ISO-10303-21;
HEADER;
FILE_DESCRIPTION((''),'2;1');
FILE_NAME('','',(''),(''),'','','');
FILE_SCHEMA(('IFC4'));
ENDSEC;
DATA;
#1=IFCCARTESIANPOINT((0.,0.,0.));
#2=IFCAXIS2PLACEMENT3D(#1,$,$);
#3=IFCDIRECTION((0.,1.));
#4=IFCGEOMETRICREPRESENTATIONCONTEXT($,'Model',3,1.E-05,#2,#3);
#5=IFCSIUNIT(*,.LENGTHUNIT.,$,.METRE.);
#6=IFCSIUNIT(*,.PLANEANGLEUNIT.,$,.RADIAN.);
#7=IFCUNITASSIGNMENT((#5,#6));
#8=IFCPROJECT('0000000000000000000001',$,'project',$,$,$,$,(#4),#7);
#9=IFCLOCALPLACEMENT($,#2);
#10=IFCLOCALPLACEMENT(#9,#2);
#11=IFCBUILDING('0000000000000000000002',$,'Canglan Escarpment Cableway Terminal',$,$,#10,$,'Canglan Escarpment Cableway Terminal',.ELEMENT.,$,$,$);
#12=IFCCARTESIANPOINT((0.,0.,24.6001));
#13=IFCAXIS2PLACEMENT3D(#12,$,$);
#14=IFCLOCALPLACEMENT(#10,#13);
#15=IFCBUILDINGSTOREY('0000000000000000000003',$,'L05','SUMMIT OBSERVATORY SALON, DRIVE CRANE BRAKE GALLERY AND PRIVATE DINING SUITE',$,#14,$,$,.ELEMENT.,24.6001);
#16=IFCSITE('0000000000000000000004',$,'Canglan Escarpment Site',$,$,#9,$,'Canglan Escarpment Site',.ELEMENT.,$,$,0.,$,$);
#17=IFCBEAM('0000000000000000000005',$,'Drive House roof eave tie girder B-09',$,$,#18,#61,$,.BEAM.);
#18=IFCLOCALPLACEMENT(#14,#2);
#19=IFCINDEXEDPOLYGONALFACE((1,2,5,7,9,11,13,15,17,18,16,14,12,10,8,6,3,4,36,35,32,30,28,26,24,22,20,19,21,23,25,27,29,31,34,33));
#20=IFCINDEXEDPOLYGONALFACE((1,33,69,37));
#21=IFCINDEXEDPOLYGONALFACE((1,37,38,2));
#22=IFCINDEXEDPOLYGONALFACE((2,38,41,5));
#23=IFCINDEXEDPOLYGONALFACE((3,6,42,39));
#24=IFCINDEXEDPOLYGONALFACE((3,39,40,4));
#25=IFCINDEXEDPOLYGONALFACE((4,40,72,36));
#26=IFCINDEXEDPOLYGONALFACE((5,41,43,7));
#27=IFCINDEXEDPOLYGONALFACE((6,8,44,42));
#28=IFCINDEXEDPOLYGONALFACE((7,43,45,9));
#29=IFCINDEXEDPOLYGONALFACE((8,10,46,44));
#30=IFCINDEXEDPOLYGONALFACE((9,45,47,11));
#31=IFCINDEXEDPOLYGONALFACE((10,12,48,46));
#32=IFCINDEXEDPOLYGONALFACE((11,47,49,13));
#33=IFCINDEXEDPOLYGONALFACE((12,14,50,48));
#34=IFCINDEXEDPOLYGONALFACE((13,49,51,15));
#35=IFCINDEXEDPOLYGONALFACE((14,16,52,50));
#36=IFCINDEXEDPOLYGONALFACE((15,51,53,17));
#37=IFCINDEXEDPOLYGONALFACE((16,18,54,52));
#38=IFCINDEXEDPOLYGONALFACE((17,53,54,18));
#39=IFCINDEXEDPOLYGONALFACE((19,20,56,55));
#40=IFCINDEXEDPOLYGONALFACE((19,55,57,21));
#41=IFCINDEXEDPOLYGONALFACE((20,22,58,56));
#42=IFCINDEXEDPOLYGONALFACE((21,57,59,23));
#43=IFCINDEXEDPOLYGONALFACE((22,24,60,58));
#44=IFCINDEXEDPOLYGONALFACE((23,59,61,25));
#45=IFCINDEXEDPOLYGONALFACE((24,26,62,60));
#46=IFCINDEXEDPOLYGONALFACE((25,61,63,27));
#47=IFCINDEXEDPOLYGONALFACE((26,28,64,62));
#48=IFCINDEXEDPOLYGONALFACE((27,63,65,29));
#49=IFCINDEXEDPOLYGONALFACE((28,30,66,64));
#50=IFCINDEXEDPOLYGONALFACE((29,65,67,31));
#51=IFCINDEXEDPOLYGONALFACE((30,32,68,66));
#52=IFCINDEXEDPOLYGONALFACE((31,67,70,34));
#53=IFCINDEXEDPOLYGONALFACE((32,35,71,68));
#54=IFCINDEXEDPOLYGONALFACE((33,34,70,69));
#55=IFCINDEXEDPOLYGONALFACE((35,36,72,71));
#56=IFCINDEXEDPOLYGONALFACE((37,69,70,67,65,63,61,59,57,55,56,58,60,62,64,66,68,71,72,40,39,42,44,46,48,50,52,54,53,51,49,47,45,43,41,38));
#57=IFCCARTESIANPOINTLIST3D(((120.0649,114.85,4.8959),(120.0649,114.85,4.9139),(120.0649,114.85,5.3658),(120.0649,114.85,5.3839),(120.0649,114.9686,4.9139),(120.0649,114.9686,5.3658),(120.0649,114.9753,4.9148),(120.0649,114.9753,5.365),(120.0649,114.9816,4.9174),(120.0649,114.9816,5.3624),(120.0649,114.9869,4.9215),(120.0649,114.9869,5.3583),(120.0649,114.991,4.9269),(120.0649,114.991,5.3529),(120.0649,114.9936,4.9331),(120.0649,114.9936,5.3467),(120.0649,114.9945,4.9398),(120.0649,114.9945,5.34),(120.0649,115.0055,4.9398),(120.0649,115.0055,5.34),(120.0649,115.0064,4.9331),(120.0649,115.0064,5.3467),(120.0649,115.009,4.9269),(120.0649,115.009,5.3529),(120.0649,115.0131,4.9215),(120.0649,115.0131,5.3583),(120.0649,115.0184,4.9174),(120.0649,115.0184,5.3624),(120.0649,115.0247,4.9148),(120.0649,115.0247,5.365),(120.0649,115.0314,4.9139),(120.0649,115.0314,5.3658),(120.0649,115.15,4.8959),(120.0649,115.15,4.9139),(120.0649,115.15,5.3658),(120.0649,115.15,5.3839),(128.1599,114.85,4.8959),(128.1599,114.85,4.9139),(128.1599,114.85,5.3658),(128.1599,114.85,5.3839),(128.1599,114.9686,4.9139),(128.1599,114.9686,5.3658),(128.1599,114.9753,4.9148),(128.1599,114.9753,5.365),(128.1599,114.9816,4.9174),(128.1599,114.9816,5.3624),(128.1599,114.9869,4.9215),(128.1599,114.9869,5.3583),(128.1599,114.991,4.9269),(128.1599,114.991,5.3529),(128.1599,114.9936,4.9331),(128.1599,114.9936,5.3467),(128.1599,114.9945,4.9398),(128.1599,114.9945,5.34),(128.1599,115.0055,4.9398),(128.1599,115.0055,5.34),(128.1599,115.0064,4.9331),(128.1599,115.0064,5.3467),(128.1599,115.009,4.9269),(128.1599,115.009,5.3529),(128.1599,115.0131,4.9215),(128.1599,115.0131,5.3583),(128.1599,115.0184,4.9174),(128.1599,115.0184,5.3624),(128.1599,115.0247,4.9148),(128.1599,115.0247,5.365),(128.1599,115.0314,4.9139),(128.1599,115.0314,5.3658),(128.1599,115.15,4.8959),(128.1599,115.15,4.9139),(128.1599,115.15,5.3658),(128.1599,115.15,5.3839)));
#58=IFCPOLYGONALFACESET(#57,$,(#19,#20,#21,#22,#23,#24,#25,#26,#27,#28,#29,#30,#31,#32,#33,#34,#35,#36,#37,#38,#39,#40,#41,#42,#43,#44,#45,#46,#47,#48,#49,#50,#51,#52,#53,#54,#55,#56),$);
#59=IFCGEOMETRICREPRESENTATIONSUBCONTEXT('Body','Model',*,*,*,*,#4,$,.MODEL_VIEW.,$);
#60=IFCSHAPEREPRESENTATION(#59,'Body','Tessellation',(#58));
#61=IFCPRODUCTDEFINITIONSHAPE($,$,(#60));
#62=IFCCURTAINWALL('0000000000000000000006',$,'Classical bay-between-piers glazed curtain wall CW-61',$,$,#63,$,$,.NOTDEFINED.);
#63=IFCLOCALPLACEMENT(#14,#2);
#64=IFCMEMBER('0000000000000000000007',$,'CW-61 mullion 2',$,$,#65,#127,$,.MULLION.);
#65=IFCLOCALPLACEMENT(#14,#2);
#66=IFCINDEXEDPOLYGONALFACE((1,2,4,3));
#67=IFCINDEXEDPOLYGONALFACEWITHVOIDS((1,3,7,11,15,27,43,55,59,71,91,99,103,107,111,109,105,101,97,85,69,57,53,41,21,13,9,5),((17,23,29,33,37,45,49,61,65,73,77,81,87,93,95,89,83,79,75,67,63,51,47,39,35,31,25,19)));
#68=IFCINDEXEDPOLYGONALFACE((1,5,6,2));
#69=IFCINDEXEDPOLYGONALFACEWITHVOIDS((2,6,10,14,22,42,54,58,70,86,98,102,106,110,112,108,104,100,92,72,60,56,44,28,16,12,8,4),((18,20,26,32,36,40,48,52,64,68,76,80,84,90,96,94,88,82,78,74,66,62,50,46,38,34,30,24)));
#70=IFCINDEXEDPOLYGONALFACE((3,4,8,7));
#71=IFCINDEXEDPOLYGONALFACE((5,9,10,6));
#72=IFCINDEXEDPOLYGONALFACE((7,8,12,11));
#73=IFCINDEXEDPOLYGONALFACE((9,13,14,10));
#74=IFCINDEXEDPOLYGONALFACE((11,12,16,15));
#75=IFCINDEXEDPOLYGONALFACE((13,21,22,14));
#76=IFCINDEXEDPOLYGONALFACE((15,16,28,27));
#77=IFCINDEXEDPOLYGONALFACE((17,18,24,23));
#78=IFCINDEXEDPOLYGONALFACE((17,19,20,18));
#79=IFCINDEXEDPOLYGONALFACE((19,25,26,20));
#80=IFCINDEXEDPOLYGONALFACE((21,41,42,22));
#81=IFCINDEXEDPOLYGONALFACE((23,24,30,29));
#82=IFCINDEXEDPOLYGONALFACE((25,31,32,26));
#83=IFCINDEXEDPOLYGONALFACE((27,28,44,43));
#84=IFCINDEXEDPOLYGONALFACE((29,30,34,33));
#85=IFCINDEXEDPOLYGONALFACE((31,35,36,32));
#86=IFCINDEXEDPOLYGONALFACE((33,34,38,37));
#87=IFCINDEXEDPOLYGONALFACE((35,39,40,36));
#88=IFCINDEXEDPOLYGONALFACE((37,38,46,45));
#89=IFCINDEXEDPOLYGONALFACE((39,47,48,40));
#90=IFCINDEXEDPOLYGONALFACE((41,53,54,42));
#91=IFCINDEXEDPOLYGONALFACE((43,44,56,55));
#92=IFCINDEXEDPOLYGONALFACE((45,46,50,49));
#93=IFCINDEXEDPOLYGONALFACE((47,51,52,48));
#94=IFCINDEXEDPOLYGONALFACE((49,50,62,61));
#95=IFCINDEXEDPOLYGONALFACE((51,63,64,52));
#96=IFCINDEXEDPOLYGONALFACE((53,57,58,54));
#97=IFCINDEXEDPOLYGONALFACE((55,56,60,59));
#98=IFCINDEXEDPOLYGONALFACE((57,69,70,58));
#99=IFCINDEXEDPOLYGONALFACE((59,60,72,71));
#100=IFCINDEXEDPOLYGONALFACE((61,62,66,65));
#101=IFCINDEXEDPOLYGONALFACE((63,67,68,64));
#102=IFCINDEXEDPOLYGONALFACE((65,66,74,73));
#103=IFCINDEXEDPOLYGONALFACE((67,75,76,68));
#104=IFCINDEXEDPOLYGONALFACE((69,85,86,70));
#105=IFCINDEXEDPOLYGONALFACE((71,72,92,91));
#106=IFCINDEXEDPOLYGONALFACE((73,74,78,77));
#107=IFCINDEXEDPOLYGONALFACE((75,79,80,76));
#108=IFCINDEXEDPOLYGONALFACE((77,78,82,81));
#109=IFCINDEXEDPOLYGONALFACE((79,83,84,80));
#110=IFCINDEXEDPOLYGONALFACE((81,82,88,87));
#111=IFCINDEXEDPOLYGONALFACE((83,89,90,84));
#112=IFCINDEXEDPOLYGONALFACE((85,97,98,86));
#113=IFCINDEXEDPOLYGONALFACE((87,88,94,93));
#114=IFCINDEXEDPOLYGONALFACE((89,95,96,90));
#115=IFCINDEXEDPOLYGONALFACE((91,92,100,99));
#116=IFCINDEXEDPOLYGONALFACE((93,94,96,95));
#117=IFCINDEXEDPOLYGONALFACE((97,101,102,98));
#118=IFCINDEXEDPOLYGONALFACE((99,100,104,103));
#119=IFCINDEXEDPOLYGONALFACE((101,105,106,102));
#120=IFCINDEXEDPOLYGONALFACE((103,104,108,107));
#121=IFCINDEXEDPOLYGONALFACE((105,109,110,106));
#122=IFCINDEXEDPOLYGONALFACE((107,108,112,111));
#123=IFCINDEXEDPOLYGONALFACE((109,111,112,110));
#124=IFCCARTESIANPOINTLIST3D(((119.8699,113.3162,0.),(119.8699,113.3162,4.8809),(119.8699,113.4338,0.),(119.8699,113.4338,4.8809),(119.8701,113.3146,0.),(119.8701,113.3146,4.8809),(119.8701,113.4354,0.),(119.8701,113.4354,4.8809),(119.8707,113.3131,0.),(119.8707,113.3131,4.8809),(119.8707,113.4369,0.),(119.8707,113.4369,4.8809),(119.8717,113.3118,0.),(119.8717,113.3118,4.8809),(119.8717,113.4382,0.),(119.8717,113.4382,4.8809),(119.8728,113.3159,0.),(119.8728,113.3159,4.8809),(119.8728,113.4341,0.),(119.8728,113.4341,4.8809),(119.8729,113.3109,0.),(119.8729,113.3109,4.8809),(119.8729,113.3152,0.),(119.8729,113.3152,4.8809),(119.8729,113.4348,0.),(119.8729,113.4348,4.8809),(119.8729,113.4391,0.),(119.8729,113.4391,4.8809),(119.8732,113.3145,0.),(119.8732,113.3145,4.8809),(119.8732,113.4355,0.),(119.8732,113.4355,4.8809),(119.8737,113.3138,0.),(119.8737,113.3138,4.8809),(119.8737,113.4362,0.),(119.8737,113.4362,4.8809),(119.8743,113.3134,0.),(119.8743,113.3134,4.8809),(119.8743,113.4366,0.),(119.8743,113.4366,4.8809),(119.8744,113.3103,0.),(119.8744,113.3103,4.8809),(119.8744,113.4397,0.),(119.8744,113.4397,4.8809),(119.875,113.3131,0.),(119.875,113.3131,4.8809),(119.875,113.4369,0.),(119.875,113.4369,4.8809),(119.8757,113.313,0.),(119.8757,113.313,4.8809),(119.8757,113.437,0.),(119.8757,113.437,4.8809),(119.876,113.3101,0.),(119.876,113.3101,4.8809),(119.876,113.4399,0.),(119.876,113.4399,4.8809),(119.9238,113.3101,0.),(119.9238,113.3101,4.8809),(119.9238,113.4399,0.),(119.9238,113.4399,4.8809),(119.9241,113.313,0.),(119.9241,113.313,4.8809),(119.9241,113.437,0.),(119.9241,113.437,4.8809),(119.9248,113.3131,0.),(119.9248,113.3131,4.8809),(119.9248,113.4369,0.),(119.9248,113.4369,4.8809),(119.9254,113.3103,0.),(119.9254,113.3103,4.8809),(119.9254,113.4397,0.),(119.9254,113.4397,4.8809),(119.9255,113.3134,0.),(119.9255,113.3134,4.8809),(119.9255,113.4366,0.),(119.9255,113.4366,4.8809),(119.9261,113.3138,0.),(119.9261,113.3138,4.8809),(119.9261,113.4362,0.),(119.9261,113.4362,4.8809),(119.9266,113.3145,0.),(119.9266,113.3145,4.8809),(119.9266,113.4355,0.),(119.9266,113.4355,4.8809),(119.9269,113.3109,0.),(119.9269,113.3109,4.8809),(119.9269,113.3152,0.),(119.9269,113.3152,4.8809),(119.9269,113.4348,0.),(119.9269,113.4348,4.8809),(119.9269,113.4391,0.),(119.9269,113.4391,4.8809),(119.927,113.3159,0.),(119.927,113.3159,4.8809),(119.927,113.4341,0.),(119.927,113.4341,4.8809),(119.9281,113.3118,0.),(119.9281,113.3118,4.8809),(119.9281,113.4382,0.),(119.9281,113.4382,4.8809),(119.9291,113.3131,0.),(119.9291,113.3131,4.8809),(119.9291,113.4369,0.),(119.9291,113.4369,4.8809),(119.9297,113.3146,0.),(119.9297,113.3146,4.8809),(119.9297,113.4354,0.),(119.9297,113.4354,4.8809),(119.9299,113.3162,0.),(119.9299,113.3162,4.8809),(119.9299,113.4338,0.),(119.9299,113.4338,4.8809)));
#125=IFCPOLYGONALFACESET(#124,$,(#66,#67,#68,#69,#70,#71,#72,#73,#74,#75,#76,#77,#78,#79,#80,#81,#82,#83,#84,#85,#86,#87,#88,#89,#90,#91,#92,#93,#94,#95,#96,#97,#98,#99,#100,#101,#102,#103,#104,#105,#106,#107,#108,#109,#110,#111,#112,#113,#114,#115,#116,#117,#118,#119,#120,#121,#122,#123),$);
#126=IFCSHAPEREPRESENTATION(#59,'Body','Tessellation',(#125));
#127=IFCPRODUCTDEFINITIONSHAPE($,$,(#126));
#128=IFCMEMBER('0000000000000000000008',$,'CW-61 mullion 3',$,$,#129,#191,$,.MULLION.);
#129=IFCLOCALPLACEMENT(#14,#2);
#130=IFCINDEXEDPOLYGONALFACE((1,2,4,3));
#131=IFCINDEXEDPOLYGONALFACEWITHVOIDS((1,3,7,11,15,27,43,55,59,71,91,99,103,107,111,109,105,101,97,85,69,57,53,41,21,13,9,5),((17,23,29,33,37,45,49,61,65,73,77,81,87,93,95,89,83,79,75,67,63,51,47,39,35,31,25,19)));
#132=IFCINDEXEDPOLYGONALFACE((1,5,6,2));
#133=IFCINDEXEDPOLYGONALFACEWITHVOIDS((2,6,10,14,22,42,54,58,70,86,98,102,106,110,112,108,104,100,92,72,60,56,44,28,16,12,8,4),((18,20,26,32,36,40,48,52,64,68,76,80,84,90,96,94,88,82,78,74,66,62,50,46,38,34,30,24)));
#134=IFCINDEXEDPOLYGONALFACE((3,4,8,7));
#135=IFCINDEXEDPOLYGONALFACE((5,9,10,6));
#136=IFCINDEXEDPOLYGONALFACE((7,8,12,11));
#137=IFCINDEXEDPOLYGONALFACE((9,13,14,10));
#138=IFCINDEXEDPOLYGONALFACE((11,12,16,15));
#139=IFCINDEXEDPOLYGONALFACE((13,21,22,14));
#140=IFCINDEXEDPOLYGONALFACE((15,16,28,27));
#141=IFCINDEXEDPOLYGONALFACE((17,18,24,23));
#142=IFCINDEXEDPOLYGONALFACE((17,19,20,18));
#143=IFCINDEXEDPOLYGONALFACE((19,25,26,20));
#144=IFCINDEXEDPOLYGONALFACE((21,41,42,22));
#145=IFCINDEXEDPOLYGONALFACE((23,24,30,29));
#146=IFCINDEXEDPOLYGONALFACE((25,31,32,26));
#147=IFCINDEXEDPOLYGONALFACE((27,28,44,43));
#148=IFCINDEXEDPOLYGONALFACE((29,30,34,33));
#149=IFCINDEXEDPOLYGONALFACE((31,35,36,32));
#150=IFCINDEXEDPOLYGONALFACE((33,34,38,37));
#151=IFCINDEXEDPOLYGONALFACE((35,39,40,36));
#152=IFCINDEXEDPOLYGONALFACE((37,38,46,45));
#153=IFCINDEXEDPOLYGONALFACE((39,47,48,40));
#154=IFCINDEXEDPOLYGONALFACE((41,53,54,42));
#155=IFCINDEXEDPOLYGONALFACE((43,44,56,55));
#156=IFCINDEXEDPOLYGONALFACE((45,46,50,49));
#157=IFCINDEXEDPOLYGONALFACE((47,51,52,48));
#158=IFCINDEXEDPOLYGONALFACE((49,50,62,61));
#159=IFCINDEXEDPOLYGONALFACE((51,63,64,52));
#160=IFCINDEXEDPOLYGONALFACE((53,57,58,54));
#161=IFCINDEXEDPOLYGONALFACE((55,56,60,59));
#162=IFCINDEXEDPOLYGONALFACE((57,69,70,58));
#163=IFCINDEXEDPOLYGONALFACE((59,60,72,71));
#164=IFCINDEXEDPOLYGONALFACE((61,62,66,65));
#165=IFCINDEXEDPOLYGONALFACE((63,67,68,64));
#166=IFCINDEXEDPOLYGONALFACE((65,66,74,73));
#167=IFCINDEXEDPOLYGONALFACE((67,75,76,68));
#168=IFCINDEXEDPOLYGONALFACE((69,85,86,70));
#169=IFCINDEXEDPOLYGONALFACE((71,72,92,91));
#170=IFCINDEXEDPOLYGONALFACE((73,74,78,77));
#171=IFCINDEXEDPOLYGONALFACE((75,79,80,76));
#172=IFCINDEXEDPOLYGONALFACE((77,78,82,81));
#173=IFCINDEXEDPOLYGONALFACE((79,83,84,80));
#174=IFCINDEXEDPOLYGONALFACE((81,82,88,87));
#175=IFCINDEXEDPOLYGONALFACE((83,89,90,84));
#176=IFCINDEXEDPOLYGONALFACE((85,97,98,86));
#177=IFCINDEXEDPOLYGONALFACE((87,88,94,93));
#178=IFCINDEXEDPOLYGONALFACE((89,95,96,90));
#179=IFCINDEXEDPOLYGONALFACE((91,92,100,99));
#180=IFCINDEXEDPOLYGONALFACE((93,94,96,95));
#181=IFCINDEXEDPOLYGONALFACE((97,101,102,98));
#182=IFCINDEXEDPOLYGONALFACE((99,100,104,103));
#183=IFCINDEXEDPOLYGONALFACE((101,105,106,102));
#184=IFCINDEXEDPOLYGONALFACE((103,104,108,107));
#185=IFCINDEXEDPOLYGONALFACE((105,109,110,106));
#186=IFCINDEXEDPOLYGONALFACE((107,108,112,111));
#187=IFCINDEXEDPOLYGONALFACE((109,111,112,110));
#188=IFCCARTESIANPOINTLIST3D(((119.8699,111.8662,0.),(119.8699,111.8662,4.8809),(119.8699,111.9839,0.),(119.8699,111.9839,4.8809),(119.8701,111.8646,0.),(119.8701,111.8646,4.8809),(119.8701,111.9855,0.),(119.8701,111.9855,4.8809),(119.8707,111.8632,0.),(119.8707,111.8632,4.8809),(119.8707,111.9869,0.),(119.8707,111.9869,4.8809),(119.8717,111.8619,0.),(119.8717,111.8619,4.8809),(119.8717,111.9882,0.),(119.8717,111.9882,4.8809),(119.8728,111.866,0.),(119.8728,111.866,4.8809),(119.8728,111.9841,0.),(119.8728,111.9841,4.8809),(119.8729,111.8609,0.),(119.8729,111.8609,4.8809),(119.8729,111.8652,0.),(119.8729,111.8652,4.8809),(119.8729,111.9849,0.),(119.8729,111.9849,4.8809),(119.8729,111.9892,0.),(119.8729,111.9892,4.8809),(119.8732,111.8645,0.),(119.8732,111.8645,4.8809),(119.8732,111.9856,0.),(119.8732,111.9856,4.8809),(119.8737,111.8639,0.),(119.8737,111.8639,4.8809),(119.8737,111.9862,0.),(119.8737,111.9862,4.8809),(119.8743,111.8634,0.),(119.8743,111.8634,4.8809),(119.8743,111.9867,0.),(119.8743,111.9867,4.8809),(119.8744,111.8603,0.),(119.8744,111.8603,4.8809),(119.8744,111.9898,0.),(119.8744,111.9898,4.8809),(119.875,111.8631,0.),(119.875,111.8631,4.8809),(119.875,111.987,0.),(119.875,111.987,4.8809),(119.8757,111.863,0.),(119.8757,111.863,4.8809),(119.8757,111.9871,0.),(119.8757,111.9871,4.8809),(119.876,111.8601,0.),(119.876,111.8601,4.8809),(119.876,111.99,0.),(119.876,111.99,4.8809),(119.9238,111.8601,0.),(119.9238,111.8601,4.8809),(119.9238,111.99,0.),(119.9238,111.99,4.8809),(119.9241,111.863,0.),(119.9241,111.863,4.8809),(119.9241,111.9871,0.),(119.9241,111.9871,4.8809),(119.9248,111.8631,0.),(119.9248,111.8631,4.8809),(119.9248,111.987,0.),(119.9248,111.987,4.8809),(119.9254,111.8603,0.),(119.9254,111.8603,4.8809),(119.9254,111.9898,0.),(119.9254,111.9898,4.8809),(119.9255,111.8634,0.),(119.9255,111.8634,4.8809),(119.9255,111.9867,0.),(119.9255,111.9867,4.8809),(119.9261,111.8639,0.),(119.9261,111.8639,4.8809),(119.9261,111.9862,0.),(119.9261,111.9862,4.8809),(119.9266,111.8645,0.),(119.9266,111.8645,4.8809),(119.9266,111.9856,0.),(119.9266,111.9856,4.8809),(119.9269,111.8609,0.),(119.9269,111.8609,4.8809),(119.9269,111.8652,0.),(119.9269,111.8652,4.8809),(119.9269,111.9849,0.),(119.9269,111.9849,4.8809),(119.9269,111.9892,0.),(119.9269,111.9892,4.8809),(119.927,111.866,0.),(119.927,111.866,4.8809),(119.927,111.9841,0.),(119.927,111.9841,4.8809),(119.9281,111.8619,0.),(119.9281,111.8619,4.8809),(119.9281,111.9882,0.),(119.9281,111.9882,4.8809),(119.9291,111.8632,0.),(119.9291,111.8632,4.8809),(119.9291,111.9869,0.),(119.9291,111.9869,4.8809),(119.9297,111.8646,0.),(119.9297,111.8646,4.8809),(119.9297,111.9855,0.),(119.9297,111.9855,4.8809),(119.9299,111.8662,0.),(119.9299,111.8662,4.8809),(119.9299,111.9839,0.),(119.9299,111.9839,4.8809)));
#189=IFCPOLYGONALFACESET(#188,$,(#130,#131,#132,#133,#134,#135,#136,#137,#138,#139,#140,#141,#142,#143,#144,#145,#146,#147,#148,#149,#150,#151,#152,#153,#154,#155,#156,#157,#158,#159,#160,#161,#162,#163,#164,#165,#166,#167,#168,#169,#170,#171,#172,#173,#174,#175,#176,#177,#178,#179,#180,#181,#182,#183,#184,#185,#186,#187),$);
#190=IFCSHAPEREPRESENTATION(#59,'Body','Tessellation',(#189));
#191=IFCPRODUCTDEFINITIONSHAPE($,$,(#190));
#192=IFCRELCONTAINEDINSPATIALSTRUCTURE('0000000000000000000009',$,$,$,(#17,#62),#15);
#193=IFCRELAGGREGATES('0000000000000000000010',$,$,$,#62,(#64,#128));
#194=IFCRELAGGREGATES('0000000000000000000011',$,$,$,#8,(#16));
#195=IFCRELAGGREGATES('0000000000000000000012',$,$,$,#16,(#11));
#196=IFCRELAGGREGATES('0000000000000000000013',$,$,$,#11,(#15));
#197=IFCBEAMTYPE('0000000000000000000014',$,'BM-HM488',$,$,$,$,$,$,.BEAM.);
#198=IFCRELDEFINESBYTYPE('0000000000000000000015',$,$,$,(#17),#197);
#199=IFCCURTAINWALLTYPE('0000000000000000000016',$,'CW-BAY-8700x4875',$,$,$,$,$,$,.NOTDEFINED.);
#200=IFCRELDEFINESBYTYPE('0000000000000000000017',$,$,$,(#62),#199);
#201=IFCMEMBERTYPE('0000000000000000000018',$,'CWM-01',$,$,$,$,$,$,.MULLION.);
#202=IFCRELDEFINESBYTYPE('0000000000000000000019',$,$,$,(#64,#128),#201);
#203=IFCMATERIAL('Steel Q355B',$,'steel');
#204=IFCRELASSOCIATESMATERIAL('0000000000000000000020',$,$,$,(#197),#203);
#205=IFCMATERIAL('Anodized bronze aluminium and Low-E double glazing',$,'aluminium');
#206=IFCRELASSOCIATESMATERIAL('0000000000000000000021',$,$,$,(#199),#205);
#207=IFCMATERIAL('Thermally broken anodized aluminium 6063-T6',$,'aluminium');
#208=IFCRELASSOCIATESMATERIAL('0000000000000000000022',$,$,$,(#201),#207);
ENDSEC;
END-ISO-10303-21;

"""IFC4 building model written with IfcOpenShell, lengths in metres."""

from ifc_helpers import new_model, si_unit, direction, frame, origin, origin_2d, place, context, subcontext, project, spatial, hollow_rectangle, i_section, extrude, material, material_profile, profile_set, type_object, element, aggregate, save


model = new_model("IFC4")

# Units and contexts
model_context = context("Model", 3, precision=1e-05, world=origin(), true_north=direction((0.0, 1.0)))
body_context = subcontext(model_context, "Body", "Model", "MODEL_VIEW")
ifc_project = project(units=[si_unit("LENGTHUNIT", "METRE"), si_unit("PLANEANGLEUNIT", "RADIAN")], contexts=[model_context])

# Site, building, storey
site_placement = place(None, origin())
site = spatial("IfcSite", under=ifc_project, at=site_placement, Name="Canglan Escarpment Site", LongName="Canglan Escarpment Site", CompositionType="ELEMENT", RefElevation=0.0)
building_placement = place(site_placement, origin())
building = spatial("IfcBuilding", under=site, at=building_placement, Name="Canglan Escarpment Cableway Terminal", LongName="Canglan Escarpment Cableway Terminal", CompositionType="ELEMENT")
storey_placement = place(building_placement, frame((0.0, 0.0, 24.6001)))
storey = spatial("IfcBuildingStorey", under=building, at=storey_placement, Name="L05", Description="SUMMIT OBSERVATORY SALON, DRIVE CRANE BRAKE GALLERY AND PRIVATE DINING SUITE", CompositionType="ELEMENT", Elevation=24.6001)

# Beam
ifc_material_1 = material(Name="Steel Q355B", Category="steel")
ifc_material_profile_1 = material_profile(ifc_material_1, i_section(OverallWidth=0.3, OverallDepth=0.488, WebThickness=0.011, FlangeThickness=0.0181, FilletRadius=0.0259, at=origin_2d()), Name="HM 488x300x11x18")
ifc_profile_set_1 = profile_set([ifc_material_profile_1], Name="Steel Q355B")
beam_type = type_object("IfcBeamType", Name="BM-HM488", PredefinedType="BEAM", material=ifc_profile_set_1)
beam_placement = place(storey_placement, frame((120.0649, 115.0, 5.1399), z_axis=(1.0, 0.0, 0.0), x_axis=(0.0, 1.0, 0.0)))
element("IfcBeam", 1, at=beam_placement, inside=storey, type_object=beam_type, Name="Drive House roof eave tie girder B-09", PredefinedType="BEAM", context=body_context, shape_type="SweptSolid", body=[
    extrude(i_section(OverallWidth=0.3, OverallDepth=0.488, WebThickness=0.011, FlangeThickness=0.0181, FilletRadius=0.0259, at=origin_2d()), origin(), (0.0, 0.0, 1.0), 8.095),
])

# Curtain wall, members
ifc_material_2 = material(Name="Anodized bronze aluminium and Low-E double glazing", Category="aluminium")
curtain_wall_type_1 = type_object("IfcCurtainWallType", Name="CW-BAY-8700x4875", PredefinedType="NOTDEFINED", material=ifc_material_2)
curtain_wall_1_placement = place(storey_placement, origin())
curtain_wall_1 = element("IfcCurtainWall", 2, at=curtain_wall_1_placement, inside=storey, type_object=curtain_wall_type_1, Name="Classical bay-between-piers glazed curtain wall CW-61", PredefinedType="NOTDEFINED")
ifc_material_3 = material(Name="Thermally broken anodized aluminium 6063-T6", Category="aluminium")
ifc_material_profile_2 = material_profile(ifc_material_3, hollow_rectangle(XDim=0.0601, YDim=0.1299, WallThickness=0.0029, InnerFilletRadius=0.0029, OuterFilletRadius=0.0061, at=origin_2d()), Name="ALU-MULL 60x130x3")
ifc_profile_set_2 = profile_set([ifc_material_profile_2], Name="Thermally broken anodized aluminium 6063-T6")
member_type_1 = type_object("IfcMemberType", Name="CWM-01", PredefinedType="MULLION", material=ifc_profile_set_2)
member_1_placement = place(storey_placement, frame((119.8999, 113.375, 0.0), z_axis=(0.0, 0.0, 1.0), x_axis=(1.0, 0.0, 0.0)))
member_1 = element("IfcMember", 3, at=member_1_placement, type_object=member_type_1, Name="CW-61 mullion 2", PredefinedType="MULLION", context=body_context, shape_type="SweptSolid", body=[
    extrude(hollow_rectangle(XDim=0.0601, YDim=0.1299, WallThickness=0.0029, InnerFilletRadius=0.0029, OuterFilletRadius=0.0061, at=origin_2d()), origin(), (0.0, 0.0, 1.0), 4.8809),
])
member_2_placement = place(storey_placement, frame((119.8999, 111.925, 0.0), z_axis=(0.0, 0.0, 1.0), x_axis=(1.0, 0.0, 0.0)))
member_2 = element("IfcMember", 4, at=member_2_placement, type_object=member_type_1, Name="CW-61 mullion 3", PredefinedType="MULLION", context=body_context, shape_type="SweptSolid", body=[
    extrude(hollow_rectangle(XDim=0.0601, YDim=0.1299, WallThickness=0.0029, InnerFilletRadius=0.0029, OuterFilletRadius=0.0061, at=origin_2d()), origin(), (0.0, 0.0, 1.0), 4.8809),
])

aggregate(curtain_wall_1, [member_1, member_2])

save(model, "model.ifc")
